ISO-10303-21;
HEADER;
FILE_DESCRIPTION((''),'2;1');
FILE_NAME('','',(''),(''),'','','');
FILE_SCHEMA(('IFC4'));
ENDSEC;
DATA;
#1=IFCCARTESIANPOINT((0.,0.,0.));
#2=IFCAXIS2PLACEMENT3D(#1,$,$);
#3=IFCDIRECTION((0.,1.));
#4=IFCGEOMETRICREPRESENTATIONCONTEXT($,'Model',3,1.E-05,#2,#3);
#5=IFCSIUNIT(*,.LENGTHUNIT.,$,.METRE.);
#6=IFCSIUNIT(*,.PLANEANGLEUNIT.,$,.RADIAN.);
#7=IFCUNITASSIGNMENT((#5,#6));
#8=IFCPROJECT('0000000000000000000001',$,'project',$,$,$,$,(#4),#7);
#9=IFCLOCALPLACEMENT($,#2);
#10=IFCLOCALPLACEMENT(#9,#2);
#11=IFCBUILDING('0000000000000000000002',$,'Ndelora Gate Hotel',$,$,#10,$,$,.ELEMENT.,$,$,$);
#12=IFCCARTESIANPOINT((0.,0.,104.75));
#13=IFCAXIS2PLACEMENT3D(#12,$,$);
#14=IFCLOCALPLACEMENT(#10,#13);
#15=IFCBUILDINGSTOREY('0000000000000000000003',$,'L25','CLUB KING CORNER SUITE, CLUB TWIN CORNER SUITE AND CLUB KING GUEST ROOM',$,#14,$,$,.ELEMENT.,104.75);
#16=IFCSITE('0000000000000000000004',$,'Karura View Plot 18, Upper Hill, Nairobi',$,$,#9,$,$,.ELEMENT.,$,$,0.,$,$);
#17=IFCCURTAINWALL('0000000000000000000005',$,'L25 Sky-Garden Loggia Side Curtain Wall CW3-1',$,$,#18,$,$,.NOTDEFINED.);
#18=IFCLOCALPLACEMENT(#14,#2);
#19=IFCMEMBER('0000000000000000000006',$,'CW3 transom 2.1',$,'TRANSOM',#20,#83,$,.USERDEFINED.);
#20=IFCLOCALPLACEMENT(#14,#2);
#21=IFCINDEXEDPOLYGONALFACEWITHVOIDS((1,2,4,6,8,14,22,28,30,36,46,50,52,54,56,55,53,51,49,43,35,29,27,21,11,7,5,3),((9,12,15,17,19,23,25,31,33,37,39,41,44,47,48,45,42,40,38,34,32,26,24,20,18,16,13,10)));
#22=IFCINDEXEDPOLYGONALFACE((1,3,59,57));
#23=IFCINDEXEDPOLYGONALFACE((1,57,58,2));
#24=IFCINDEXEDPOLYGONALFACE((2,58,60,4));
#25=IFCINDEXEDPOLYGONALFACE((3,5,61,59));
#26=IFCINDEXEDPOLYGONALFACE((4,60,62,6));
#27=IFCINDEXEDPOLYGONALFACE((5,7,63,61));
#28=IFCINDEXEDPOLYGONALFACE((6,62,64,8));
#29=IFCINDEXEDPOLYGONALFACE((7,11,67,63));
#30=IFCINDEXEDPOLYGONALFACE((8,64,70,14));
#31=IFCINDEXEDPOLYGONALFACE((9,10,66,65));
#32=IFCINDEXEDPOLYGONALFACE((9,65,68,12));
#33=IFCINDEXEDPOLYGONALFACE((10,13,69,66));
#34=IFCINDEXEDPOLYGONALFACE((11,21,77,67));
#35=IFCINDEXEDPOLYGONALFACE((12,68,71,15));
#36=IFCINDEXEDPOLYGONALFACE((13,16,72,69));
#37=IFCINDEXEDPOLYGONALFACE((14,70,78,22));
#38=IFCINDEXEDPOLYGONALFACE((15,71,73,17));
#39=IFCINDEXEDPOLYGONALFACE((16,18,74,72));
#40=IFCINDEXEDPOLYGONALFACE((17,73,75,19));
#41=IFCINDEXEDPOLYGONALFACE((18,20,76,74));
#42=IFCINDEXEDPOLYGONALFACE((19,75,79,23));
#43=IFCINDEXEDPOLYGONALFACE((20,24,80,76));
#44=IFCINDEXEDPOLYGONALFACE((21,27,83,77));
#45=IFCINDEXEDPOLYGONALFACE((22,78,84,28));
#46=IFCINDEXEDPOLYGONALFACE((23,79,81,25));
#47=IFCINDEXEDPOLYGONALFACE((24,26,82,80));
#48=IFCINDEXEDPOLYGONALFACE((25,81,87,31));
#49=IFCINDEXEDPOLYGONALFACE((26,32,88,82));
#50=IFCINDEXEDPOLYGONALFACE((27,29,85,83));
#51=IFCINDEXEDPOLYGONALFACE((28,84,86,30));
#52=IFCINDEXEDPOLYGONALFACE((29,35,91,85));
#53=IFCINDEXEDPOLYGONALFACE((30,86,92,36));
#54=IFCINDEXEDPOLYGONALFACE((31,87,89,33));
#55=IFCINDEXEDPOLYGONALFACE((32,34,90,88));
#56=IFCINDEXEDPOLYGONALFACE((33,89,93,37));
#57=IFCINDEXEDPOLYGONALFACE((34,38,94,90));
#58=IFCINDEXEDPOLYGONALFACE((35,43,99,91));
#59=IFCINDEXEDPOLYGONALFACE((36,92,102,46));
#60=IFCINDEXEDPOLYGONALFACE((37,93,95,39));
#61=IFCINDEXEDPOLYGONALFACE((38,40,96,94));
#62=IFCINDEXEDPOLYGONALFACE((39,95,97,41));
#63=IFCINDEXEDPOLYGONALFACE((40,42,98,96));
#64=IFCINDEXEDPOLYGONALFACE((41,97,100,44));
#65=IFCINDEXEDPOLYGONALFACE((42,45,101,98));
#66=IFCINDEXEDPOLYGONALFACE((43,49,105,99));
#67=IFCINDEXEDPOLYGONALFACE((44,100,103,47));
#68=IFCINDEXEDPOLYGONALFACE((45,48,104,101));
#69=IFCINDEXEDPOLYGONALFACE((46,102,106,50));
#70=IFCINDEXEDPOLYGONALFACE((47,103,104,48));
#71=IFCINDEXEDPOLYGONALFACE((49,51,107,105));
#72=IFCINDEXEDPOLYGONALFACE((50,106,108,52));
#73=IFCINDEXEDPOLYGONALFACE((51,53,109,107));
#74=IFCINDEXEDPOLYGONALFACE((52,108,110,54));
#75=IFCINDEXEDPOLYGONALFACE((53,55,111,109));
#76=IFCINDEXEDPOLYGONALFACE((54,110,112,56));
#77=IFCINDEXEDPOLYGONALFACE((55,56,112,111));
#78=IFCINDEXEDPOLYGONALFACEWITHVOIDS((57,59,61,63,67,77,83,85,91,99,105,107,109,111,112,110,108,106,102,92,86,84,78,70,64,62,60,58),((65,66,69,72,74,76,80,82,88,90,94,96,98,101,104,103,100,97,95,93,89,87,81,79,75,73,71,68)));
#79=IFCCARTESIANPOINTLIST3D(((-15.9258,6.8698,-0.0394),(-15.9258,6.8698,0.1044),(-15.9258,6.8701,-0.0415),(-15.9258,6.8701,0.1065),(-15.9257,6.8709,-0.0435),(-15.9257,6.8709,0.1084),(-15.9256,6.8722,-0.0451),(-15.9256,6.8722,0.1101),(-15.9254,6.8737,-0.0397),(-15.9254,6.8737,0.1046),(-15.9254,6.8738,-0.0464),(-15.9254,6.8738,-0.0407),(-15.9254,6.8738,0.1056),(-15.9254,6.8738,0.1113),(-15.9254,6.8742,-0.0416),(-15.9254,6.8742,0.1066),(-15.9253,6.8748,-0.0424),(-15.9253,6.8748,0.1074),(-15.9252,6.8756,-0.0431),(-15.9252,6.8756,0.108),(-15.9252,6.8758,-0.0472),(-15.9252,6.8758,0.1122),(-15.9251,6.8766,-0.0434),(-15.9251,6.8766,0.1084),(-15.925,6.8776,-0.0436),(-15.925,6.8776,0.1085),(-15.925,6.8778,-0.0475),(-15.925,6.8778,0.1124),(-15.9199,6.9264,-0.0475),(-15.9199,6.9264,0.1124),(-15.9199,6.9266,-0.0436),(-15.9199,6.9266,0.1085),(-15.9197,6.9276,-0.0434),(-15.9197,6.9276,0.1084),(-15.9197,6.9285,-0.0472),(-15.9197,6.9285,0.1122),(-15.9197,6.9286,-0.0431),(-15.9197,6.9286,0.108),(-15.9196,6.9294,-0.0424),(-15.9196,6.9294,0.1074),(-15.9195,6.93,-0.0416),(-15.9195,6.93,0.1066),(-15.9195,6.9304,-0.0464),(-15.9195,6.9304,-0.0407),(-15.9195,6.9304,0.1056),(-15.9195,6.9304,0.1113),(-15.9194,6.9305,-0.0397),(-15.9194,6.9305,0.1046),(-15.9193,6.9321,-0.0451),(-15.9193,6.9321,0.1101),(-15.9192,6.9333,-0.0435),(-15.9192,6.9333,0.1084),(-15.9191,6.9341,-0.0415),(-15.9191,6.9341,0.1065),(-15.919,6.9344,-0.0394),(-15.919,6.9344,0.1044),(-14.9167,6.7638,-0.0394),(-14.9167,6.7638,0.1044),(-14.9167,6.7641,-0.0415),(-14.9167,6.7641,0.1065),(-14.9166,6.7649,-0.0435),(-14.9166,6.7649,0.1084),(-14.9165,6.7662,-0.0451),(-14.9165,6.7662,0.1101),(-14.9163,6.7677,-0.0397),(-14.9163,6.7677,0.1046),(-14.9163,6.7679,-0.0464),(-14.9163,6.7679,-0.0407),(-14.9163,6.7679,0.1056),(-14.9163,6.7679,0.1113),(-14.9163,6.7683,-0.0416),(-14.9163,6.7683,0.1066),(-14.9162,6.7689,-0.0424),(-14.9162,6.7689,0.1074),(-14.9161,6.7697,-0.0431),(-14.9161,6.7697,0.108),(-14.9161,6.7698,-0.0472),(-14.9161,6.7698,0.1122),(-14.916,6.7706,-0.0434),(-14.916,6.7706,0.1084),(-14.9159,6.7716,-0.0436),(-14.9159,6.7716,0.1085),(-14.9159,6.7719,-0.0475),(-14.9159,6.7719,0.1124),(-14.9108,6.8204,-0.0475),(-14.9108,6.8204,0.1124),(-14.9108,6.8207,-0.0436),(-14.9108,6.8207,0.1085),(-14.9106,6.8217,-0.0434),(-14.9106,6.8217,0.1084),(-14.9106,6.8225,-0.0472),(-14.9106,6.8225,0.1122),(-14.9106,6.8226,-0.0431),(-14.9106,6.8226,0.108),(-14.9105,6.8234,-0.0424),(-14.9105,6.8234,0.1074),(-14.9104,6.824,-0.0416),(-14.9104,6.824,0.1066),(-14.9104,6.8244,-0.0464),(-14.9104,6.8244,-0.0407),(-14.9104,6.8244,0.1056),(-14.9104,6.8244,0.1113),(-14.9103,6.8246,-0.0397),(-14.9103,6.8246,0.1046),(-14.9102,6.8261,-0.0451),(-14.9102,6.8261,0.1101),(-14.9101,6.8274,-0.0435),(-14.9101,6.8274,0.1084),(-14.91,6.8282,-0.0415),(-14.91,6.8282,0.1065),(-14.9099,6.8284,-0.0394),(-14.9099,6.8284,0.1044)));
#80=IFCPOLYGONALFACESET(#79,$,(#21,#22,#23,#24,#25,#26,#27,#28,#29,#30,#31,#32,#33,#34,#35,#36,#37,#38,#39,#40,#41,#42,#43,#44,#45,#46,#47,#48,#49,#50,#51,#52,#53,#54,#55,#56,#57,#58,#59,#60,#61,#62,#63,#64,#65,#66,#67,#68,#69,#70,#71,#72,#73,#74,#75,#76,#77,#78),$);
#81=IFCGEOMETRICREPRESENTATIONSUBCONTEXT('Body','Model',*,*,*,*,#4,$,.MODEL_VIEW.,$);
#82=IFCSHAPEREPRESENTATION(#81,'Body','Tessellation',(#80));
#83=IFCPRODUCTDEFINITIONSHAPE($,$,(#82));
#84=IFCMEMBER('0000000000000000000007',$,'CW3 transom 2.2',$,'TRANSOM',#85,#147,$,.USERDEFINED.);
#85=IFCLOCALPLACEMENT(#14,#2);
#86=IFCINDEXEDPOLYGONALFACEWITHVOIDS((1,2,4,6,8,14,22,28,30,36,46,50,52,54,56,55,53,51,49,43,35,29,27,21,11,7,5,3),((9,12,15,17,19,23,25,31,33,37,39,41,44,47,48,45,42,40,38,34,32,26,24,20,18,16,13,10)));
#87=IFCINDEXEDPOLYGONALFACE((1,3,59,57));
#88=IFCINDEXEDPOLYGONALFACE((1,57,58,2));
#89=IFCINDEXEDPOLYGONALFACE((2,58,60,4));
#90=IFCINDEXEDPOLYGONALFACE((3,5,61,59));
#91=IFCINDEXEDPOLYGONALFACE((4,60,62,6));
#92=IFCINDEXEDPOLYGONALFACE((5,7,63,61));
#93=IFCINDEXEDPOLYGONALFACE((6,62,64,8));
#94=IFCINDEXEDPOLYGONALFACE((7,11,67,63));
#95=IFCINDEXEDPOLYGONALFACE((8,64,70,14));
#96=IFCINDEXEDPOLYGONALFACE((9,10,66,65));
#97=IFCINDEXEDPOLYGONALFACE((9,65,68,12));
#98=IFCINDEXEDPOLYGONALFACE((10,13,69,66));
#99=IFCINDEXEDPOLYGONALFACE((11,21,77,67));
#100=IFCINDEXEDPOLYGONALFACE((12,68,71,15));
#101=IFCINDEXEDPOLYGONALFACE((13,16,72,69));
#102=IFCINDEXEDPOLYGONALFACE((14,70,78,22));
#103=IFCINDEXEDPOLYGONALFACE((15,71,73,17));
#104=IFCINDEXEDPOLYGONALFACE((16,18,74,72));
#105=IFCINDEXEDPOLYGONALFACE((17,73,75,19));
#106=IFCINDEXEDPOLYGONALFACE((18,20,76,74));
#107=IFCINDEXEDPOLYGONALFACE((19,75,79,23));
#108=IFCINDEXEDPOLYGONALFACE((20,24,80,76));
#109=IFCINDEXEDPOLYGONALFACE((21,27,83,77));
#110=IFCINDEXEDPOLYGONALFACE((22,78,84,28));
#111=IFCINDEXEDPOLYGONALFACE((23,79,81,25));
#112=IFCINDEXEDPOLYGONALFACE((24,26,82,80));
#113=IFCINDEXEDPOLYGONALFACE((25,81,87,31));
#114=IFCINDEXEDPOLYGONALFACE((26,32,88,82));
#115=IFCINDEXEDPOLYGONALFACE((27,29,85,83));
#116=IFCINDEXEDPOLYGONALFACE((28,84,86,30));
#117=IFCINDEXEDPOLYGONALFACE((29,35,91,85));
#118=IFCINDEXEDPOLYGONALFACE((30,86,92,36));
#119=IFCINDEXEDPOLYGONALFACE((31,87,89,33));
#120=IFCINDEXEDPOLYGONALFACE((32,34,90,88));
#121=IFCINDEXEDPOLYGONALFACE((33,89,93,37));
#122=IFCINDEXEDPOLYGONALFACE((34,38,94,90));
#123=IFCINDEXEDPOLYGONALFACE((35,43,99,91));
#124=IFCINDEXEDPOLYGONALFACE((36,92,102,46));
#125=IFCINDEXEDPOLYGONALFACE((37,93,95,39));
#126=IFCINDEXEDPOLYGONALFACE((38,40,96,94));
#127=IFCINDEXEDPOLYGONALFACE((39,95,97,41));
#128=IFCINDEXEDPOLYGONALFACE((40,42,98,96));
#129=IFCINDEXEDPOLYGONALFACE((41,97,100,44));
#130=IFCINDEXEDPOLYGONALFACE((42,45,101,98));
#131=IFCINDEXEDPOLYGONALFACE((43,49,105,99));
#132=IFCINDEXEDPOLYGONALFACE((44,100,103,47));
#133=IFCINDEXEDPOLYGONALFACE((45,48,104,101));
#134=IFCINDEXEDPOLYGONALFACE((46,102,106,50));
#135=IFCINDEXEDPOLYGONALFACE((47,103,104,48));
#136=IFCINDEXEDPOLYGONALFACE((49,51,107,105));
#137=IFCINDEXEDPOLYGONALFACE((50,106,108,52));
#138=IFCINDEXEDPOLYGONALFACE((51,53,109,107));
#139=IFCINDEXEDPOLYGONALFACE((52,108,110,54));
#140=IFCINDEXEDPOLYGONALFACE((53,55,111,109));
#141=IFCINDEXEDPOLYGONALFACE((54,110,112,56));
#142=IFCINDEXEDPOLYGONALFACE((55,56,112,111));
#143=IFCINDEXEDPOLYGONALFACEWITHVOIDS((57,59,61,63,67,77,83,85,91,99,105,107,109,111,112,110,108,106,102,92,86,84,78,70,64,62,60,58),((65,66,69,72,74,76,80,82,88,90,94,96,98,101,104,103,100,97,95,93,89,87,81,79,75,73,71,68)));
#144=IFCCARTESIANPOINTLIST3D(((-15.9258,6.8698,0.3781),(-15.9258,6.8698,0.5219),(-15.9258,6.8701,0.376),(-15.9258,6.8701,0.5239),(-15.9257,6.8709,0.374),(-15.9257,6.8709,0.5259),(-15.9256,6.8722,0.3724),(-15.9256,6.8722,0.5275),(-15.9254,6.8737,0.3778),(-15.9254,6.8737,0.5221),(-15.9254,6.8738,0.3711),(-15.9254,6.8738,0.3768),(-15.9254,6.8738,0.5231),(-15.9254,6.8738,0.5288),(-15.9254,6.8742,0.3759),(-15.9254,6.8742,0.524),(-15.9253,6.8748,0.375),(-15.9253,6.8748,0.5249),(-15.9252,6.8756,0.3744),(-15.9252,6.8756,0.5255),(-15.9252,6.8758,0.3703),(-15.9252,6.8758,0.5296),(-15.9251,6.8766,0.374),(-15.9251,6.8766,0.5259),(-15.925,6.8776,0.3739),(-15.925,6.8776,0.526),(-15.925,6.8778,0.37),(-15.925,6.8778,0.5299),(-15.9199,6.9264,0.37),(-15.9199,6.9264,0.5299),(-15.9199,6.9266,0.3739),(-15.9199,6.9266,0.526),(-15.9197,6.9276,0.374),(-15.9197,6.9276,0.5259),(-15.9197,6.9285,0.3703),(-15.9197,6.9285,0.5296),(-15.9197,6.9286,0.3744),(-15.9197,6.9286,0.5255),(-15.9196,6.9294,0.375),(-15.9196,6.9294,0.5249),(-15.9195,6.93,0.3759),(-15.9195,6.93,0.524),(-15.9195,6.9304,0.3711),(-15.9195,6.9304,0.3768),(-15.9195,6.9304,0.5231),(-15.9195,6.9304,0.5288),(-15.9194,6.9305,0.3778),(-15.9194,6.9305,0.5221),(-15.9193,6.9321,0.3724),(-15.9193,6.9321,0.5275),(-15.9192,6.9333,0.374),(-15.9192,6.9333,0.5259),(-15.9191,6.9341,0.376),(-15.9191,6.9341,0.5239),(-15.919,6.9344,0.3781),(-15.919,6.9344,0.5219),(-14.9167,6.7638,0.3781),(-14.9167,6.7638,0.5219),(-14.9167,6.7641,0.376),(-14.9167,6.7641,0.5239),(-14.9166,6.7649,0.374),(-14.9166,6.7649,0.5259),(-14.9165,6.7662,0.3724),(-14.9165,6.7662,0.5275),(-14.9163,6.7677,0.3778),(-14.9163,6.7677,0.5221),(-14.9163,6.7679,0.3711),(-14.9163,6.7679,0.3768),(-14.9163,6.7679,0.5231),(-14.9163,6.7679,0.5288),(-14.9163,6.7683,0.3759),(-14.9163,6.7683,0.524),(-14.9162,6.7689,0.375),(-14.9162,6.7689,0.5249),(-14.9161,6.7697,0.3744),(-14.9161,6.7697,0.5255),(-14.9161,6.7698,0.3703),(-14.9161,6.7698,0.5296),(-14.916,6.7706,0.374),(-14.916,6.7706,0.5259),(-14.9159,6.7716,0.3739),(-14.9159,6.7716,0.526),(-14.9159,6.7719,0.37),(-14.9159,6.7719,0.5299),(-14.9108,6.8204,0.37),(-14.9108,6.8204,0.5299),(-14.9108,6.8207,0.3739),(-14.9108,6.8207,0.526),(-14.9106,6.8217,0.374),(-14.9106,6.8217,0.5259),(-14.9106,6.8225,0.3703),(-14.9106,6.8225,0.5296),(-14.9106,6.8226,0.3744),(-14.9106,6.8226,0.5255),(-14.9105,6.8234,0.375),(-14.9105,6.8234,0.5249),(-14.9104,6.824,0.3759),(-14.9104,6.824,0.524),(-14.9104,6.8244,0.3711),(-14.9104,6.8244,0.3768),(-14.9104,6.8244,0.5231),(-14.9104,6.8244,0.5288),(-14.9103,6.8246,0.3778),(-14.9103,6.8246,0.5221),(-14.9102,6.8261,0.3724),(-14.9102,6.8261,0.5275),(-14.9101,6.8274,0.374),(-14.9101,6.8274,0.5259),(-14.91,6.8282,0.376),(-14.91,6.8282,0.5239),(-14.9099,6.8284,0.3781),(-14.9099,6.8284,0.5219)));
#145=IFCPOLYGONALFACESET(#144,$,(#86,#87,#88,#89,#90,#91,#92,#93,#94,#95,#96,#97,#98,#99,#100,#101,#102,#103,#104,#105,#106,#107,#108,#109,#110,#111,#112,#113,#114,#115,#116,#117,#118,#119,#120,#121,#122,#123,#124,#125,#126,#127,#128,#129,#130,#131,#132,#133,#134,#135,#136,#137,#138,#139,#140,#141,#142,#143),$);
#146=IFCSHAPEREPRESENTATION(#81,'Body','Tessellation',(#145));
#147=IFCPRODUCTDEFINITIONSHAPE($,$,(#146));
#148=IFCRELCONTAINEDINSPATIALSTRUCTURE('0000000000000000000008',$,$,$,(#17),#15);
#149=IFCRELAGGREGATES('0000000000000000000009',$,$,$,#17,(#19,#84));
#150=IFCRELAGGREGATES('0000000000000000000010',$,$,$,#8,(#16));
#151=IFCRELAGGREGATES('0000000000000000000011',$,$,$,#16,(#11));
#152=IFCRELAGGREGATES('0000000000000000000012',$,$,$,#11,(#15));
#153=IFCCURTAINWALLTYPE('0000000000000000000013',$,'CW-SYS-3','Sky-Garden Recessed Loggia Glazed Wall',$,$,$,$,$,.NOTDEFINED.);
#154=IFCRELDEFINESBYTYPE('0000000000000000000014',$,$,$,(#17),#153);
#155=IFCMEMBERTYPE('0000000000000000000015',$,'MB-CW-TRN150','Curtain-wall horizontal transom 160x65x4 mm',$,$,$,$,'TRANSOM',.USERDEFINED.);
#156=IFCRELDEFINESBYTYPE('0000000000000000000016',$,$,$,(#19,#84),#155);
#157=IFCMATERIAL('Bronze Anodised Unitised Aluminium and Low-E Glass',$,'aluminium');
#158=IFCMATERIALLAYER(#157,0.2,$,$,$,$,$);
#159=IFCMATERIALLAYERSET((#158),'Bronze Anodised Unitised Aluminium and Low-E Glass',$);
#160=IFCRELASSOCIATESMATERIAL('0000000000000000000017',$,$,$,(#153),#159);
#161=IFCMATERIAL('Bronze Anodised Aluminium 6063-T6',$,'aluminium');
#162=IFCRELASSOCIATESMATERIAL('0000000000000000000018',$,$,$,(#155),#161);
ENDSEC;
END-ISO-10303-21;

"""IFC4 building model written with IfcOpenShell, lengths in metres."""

from ifc_helpers import new_model, si_unit, direction, frame, origin, origin_2d, place, context, subcontext, project, spatial, hollow_rectangle, extrude, material, layer, layer_set, material_profile, profile_set, type_object, element, aggregate, save


model = new_model("IFC4")

# Units and contexts
model_context = context("Model", 3, precision=1e-05, world=origin(), true_north=direction((0.0, 1.0)))
body_context = subcontext(model_context, "Body", "Model", "MODEL_VIEW")
ifc_project = project(units=[si_unit("LENGTHUNIT", "METRE"), si_unit("PLANEANGLEUNIT", "RADIAN")], contexts=[model_context])

# Site, building, storey
site_placement = place(None, origin())
site = spatial("IfcSite", under=ifc_project, at=site_placement, Name="Karura View Plot 18, Upper Hill, Nairobi", CompositionType="ELEMENT", RefElevation=0.0)
building_placement = place(site_placement, origin())
building = spatial("IfcBuilding", under=site, at=building_placement, Name="Ndelora Gate Hotel", CompositionType="ELEMENT")
storey_placement = place(building_placement, frame((0.0, 0.0, 104.75)))
storey = spatial("IfcBuildingStorey", under=building, at=storey_placement, Name="L25", Description="CLUB KING CORNER SUITE, CLUB TWIN CORNER SUITE AND CLUB KING GUEST ROOM", CompositionType="ELEMENT", Elevation=104.75)

# Curtain wall, members
ifc_material_1 = material(Name="Bronze Anodised Unitised Aluminium and Low-E Glass", Category="aluminium")
ifc_layer_1 = layer(ifc_material_1, 0.2)
ifc_layer_set_1 = layer_set([ifc_layer_1], Name="Bronze Anodised Unitised Aluminium and Low-E Glass")
curtain_wall_type = type_object("IfcCurtainWallType", Name="CW-SYS-3", Description="Sky-Garden Recessed Loggia Glazed Wall", PredefinedType="NOTDEFINED", material=ifc_layer_set_1)
curtain_wall_placement = place(storey_placement, origin())
curtain_wall = element("IfcCurtainWall", 1, at=curtain_wall_placement, inside=storey, type_object=curtain_wall_type, Name="L25 Sky-Garden Loggia Side Curtain Wall CW3-1", PredefinedType="NOTDEFINED")
ifc_material_2 = material(Name="Bronze Anodised Aluminium 6063-T6", Category="aluminium")
ifc_material_profile_1 = material_profile(ifc_material_2, hollow_rectangle(XDim=0.0649, YDim=0.1599, WallThickness=0.0039, InnerFilletRadius=0.0039, OuterFilletRadius=0.0081, at=origin_2d()), Name="ALU 160x65x4")
ifc_profile_set_1 = profile_set([ifc_material_profile_1], Name="Bronze Anodised Aluminium 6063-T6")
member_type_1 = type_object("IfcMemberType", Name="MB-CW-TRN150", Description="Curtain-wall horizontal transom 160x65x4 mm", ElementType="TRANSOM", PredefinedType="USERDEFINED", material=ifc_profile_set_1)
member_1_placement = place(storey_placement, frame((-14.9133, 6.7961, 0.0325), z_axis=(-0.994532, 0.104434, 0.0), x_axis=(-0.104434, -0.994532, 0.0)))
member_1 = element("IfcMember", 2, at=member_1_placement, type_object=member_type_1, Name="CW3 transom 2.1", ObjectType="TRANSOM", PredefinedType="USERDEFINED", context=body_context, shape_type="SweptSolid", body=[
    extrude(hollow_rectangle(XDim=0.0649, YDim=0.1599, WallThickness=0.0039, InnerFilletRadius=0.0039, OuterFilletRadius=0.0081, at=origin_2d()), origin(), (0.0, 0.0, 1.0), 1.0146),
])
member_2_placement = place(storey_placement, frame((-14.9133, 6.7961, 0.45), z_axis=(-0.994532, 0.104434, 0.0), x_axis=(-0.104434, -0.994532, 0.0)))
member_2 = element("IfcMember", 3, at=member_2_placement, type_object=member_type_1, Name="CW3 transom 2.2", ObjectType="TRANSOM", PredefinedType="USERDEFINED", context=body_context, shape_type="SweptSolid", body=[
    extrude(hollow_rectangle(XDim=0.0649, YDim=0.1599, WallThickness=0.0039, InnerFilletRadius=0.0039, OuterFilletRadius=0.0081, at=origin_2d()), origin(), (0.0, 0.0, 1.0), 1.0146),
])
aggregate(curtain_wall, [member_1, member_2])

save(model, "model.ifc")
